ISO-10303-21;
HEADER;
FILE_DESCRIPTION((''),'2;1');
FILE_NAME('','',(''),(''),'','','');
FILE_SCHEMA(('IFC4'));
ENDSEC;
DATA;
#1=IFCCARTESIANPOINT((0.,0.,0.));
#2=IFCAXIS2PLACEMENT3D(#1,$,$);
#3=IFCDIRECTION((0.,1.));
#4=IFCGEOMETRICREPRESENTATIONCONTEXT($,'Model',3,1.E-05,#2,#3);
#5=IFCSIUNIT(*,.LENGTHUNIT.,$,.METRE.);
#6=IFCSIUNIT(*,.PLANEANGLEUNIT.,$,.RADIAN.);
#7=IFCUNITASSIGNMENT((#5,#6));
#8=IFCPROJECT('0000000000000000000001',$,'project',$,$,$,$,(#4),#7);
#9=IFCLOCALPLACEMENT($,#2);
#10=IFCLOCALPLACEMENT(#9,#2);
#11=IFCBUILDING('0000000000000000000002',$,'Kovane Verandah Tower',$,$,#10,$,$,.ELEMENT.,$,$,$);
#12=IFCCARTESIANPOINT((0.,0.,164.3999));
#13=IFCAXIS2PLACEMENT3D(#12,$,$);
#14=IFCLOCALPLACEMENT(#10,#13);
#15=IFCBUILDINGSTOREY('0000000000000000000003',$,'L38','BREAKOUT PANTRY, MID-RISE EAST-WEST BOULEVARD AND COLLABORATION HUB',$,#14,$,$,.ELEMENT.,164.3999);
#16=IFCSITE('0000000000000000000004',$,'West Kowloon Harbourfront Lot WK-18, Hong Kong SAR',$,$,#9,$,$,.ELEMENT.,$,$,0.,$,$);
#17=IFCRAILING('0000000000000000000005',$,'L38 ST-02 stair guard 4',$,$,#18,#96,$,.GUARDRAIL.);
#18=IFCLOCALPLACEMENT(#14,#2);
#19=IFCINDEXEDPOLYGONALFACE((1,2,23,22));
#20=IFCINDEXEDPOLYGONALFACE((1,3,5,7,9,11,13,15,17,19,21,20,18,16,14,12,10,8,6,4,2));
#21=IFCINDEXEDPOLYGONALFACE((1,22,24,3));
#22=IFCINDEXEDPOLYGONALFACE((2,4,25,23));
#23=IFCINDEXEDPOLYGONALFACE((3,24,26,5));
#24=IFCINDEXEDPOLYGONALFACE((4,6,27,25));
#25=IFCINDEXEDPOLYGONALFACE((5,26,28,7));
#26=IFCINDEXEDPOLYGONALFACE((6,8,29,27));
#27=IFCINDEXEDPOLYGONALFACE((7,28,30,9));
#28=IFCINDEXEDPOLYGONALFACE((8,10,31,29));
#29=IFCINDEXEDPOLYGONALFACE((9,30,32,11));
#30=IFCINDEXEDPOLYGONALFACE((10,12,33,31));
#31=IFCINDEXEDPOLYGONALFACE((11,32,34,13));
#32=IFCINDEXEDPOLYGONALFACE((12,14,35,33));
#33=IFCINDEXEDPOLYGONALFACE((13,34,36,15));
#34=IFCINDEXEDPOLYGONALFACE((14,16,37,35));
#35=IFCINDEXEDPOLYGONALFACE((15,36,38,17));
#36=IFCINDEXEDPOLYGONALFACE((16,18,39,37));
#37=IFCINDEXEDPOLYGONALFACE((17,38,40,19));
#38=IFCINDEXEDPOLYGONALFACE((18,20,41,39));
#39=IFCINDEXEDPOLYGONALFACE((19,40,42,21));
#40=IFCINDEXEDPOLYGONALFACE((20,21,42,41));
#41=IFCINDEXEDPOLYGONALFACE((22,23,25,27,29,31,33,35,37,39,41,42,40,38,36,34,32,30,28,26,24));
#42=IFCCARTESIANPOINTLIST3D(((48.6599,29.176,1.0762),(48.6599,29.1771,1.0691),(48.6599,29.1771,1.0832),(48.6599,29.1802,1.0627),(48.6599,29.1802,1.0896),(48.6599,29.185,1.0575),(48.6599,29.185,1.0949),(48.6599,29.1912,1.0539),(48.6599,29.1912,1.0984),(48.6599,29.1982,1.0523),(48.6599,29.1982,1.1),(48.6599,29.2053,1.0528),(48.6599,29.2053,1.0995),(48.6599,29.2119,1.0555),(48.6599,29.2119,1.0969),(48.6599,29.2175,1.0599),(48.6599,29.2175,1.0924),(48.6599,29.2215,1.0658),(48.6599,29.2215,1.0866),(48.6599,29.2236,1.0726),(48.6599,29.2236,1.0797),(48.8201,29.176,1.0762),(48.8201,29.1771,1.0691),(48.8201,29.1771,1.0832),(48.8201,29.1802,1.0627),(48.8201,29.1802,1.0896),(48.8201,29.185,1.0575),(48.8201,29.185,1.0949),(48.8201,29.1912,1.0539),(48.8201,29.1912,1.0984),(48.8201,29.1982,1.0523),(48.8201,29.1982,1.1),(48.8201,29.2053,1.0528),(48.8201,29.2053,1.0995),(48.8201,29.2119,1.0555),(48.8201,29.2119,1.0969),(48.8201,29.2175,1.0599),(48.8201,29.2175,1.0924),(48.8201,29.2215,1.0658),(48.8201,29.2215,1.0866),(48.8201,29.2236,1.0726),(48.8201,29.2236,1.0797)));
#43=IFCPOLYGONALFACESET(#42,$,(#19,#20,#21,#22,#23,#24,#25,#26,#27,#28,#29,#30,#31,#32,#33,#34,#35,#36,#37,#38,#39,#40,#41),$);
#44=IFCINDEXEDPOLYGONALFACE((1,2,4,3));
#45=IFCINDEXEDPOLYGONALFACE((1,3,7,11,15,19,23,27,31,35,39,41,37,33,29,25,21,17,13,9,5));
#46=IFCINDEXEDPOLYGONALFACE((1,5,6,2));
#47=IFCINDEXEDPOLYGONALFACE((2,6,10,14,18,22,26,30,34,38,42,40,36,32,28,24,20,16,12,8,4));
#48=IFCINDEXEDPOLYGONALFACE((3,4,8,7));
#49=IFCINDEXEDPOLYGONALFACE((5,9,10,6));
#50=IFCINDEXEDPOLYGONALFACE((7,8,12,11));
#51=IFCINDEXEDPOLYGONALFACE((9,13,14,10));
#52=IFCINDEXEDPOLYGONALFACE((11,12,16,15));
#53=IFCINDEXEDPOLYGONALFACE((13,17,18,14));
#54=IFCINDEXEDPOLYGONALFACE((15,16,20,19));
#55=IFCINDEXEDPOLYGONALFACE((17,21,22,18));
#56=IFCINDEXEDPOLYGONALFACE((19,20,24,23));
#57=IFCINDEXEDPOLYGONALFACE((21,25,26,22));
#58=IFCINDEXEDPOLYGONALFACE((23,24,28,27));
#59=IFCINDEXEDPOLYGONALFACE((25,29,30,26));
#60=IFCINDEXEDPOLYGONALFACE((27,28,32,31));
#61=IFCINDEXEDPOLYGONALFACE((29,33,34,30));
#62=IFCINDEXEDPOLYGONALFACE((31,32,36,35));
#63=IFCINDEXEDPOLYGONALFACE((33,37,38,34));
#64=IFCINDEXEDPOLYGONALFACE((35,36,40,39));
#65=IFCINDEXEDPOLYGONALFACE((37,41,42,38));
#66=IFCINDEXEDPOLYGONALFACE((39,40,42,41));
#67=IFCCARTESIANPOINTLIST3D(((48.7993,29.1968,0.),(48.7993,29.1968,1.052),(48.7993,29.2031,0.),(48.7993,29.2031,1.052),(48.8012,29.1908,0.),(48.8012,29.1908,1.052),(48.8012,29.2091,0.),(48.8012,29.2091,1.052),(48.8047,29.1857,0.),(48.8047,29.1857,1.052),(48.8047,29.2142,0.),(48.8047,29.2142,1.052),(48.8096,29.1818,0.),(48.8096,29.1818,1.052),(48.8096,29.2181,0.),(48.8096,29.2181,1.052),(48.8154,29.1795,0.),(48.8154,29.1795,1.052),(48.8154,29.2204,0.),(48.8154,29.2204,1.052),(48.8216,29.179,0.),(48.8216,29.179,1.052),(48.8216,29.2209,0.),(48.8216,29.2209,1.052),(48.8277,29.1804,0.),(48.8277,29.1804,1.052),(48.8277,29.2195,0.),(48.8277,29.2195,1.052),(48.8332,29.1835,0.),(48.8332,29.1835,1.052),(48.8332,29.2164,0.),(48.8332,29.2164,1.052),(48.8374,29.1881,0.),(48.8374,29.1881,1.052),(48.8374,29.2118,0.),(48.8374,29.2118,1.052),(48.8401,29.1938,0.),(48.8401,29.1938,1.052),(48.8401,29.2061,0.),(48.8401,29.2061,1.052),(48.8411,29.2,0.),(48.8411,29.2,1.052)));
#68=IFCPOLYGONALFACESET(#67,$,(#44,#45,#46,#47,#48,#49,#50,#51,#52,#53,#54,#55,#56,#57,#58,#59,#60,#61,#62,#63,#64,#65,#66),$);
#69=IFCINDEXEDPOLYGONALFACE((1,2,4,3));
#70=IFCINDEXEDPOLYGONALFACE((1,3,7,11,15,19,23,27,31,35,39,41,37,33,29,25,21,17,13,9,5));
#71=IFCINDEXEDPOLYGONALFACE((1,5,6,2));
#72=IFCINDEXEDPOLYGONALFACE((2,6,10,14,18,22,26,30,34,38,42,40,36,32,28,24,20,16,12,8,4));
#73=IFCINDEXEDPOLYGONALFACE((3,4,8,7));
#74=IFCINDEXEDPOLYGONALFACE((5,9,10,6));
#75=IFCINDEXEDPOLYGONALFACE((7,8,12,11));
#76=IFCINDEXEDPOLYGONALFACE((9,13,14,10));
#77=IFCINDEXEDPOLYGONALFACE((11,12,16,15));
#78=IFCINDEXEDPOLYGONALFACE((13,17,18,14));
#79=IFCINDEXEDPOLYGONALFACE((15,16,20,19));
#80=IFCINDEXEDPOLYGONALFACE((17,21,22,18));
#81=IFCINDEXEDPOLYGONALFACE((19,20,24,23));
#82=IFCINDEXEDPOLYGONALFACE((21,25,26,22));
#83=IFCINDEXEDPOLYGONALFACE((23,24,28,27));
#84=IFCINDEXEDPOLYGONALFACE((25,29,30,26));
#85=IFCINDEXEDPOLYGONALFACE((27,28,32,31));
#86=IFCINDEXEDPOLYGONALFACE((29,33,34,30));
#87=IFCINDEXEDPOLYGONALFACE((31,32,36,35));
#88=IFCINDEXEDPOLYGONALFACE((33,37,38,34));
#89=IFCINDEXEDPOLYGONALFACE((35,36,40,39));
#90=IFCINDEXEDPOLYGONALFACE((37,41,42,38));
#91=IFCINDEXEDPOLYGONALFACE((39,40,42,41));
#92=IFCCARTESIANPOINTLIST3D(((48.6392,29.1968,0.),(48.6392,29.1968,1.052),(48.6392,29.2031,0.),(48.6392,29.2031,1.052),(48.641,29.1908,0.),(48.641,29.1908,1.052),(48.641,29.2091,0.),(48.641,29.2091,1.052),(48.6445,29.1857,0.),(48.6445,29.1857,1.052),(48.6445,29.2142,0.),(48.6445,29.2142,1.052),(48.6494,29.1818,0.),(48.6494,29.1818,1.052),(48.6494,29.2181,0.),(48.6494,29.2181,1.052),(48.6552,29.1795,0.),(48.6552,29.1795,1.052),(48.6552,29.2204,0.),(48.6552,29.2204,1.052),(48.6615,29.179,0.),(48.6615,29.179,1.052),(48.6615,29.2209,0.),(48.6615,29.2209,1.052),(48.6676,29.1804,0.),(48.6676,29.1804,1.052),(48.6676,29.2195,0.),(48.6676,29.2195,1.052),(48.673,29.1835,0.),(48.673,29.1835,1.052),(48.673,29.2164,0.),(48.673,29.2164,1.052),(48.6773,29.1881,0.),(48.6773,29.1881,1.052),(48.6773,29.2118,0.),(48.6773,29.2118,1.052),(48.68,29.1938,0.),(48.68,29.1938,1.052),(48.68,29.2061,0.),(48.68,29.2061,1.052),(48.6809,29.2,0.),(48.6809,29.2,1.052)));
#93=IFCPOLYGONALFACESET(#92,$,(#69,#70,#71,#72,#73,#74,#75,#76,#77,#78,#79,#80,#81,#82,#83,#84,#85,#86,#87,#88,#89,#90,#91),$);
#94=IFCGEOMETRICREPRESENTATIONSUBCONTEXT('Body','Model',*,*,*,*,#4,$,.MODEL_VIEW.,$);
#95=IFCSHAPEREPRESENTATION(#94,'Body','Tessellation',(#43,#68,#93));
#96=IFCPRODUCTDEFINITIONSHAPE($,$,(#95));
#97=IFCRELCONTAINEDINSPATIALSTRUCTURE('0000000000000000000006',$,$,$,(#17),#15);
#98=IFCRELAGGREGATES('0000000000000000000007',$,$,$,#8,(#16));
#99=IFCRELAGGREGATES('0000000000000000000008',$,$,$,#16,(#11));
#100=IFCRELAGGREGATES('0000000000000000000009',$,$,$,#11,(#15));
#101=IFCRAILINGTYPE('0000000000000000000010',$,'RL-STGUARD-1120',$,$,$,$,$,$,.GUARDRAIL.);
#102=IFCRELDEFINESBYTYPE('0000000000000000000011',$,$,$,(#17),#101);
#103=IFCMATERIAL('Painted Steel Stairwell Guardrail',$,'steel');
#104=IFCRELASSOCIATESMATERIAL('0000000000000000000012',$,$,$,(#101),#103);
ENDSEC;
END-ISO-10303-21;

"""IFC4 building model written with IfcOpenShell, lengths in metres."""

from ifc_helpers import new_model, si_unit, direction, frame, origin, origin_2d, place, context, subcontext, project, spatial, circle, extrude, material, type_object, element, save


model = new_model("IFC4")

# Units and contexts
model_context = context("Model", 3, precision=1e-05, world=origin(), true_north=direction((0.0, 1.0)))
body_context = subcontext(model_context, "Body", "Model", "MODEL_VIEW")
ifc_project = project(units=[si_unit("LENGTHUNIT", "METRE"), si_unit("PLANEANGLEUNIT", "RADIAN")], contexts=[model_context])

# Site, building, storey
site_placement = place(None, origin())
site = spatial("IfcSite", under=ifc_project, at=site_placement, Name="West Kowloon Harbourfront Lot WK-18, Hong Kong SAR", CompositionType="ELEMENT", RefElevation=0.0)
building_placement = place(site_placement, origin())
building = spatial("IfcBuilding", under=site, at=building_placement, Name="Kovane Verandah Tower", CompositionType="ELEMENT")
storey_placement = place(building_placement, frame((0.0, 0.0, 164.3999)))
storey = spatial("IfcBuildingStorey", under=building, at=storey_placement, Name="L38", Description="BREAKOUT PANTRY, MID-RISE EAST-WEST BOULEVARD AND COLLABORATION HUB", CompositionType="ELEMENT", Elevation=164.3999)

# Railing
ifc_material_1 = material(Name="Painted Steel Stairwell Guardrail", Category="steel")
railing_type_1 = type_object("IfcRailingType", Name="RL-STGUARD-1120", PredefinedType="GUARDRAIL", material=ifc_material_1)
railing_1_placement = place(storey_placement, frame((48.8201, 29.2, 0.0)))
element("IfcRailing", 1, at=railing_1_placement, inside=storey, type_object=railing_type_1, Name="L38 ST-02 stair guard 4", PredefinedType="GUARDRAIL", context=body_context, shape_type="SweptSolid", body=[
    extrude(circle(Radius=0.0239, at=origin_2d()), frame((0.0, 0.0, 1.0762), z_axis=(-1.0, 0.0, 0.0), x_axis=(0.0, -1.0, 0.0)), (0.0, 0.0, 1.0), 0.1602),
    extrude(circle(Radius=0.021, at=origin_2d()), origin(), (0.0, 0.0, 1.0), 1.052),
    extrude(circle(Radius=0.021, at=origin_2d()), frame((-0.1602, 0.0, 0.0)), (0.0, 0.0, 1.0), 1.052),
])

save(model, "model.ifc")
